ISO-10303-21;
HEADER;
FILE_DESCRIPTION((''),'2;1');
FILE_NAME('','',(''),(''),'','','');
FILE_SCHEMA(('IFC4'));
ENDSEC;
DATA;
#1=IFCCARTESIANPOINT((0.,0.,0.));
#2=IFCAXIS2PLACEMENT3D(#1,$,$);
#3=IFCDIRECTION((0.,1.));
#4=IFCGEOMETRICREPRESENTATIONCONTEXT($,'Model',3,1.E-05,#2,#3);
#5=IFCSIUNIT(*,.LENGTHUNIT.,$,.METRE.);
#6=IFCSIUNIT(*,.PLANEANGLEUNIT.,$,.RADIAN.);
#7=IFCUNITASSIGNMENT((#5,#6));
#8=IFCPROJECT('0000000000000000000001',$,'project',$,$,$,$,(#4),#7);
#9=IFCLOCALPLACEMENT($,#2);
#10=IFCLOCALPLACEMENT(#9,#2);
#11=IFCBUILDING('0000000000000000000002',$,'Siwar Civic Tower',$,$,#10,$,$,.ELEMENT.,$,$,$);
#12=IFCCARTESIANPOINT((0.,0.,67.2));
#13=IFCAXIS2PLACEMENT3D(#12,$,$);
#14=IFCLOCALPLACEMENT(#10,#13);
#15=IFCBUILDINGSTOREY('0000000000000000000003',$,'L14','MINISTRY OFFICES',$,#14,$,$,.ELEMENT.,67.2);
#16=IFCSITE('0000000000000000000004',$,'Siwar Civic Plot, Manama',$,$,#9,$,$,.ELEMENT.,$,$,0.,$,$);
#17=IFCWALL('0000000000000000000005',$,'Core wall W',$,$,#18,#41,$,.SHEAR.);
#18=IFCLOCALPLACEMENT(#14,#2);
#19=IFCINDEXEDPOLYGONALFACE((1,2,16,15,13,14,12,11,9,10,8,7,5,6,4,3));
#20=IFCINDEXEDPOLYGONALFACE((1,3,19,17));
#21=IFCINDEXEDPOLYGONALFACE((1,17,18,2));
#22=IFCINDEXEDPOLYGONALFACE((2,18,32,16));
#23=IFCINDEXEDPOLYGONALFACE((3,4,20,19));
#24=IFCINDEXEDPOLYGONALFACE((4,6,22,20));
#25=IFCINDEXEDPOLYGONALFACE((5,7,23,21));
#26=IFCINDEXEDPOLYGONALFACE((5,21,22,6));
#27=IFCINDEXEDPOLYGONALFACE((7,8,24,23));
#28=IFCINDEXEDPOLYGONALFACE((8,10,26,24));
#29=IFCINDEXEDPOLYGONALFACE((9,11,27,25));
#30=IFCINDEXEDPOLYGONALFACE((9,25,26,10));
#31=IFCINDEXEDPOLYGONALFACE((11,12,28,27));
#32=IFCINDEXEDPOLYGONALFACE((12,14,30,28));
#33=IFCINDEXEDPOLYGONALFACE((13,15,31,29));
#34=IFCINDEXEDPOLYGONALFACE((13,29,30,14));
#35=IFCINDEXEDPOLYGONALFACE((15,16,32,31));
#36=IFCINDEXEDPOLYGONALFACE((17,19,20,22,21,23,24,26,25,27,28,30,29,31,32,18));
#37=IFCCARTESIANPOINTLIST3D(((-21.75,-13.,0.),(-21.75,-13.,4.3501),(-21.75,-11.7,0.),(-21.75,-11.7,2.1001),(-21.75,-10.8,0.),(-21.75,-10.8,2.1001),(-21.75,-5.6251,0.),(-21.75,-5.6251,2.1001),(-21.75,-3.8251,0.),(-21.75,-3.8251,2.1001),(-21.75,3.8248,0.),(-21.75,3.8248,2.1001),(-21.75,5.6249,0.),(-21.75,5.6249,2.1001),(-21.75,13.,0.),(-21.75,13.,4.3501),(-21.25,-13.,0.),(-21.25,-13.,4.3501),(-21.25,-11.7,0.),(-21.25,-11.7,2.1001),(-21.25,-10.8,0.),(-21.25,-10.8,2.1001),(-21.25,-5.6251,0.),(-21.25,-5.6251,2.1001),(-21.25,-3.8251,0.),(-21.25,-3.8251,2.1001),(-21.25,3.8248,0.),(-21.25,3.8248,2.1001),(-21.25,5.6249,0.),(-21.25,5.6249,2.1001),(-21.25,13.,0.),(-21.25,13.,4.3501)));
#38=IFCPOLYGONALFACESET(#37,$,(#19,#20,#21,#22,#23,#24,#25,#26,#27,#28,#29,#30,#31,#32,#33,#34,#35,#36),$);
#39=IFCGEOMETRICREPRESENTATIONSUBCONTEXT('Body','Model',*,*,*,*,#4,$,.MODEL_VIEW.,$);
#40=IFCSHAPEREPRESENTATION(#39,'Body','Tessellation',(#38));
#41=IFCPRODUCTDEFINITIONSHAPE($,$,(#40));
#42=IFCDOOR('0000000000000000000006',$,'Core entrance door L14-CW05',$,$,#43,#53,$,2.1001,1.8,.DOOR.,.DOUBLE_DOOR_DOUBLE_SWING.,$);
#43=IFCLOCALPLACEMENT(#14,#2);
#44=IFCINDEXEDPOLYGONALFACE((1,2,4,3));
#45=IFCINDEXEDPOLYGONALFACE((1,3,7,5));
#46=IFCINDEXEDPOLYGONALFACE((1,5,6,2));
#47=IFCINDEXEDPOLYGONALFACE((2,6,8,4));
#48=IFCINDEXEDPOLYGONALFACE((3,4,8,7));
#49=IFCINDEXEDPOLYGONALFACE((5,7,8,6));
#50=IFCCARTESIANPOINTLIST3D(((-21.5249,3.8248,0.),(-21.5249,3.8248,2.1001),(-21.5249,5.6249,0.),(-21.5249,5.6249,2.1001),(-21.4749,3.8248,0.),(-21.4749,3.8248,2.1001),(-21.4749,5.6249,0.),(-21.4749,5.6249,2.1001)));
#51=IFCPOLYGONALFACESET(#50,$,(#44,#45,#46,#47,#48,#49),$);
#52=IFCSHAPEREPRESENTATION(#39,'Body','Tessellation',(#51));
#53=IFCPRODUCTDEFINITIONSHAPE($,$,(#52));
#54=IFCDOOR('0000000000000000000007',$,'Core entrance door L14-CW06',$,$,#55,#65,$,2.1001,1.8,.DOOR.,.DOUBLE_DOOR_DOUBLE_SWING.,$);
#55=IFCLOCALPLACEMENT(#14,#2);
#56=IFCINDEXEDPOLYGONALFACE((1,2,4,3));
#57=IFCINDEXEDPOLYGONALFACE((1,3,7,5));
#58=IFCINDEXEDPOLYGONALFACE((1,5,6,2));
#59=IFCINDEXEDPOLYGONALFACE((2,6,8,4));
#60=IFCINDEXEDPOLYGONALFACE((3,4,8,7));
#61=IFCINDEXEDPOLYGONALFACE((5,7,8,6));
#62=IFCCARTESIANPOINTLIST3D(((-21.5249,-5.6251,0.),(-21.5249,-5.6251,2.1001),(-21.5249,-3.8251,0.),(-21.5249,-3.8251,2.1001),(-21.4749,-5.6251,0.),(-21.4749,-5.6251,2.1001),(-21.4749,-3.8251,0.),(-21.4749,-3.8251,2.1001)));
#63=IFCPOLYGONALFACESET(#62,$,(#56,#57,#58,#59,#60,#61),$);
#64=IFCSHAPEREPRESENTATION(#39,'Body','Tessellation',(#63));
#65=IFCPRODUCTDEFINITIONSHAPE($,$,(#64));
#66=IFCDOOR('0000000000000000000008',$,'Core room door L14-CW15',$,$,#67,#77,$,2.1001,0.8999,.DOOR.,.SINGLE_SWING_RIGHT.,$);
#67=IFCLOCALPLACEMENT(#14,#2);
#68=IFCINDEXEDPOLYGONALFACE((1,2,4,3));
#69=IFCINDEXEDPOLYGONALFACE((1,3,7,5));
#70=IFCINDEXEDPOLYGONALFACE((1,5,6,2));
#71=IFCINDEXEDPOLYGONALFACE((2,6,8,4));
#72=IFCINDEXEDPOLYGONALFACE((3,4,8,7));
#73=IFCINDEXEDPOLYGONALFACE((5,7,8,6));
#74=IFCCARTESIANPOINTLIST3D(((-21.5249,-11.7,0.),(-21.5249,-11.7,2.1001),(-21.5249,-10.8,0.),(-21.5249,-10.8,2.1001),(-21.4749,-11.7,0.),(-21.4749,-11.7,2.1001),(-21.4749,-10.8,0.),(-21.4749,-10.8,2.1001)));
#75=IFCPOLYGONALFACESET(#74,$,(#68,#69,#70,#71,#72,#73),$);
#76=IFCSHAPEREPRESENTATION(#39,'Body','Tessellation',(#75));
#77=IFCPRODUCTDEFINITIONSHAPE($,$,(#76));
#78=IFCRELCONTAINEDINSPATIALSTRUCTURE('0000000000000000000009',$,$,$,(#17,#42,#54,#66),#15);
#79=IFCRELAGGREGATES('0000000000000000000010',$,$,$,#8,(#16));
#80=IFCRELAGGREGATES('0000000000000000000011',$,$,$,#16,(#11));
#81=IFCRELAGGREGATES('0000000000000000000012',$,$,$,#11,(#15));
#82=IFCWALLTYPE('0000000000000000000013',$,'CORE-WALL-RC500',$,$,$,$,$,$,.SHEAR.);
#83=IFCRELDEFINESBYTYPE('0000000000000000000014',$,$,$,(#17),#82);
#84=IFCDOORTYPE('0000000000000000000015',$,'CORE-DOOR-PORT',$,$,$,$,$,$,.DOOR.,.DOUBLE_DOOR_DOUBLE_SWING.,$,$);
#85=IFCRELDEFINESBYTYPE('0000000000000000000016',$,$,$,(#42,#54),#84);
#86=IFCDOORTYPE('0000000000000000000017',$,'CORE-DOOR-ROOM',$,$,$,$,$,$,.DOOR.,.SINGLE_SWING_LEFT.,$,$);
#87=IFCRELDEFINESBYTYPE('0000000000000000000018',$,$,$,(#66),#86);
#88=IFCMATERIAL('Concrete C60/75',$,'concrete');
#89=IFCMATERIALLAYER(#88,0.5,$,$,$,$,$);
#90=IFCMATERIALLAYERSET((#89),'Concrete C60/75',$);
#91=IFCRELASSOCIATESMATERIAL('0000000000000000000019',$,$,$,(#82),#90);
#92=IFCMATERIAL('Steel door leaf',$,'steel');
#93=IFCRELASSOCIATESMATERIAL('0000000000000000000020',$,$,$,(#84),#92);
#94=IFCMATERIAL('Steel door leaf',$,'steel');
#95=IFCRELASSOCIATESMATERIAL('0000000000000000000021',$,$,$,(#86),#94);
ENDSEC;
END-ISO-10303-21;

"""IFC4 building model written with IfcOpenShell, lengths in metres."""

from ifc_helpers import new_model, si_unit, direction, frame, frame_2d, origin, place, context, subcontext, project, spatial, rectangle, extrude, material, layer, layer_set, type_object, element, fill, save


model = new_model("IFC4")

# Units and contexts
model_context = context("Model", 3, precision=1e-05, world=origin(), true_north=direction((0.0, 1.0)))
body_context = subcontext(model_context, "Body", "Model", "MODEL_VIEW")
ifc_project = project(units=[si_unit("LENGTHUNIT", "METRE"), si_unit("PLANEANGLEUNIT", "RADIAN")], contexts=[model_context])

# Site, building, storey
site_placement = place(None, origin())
site = spatial("IfcSite", under=ifc_project, at=site_placement, Name="Siwar Civic Plot, Manama", CompositionType="ELEMENT", RefElevation=0.0)
building_placement = place(site_placement, origin())
building = spatial("IfcBuilding", under=site, at=building_placement, Name="Siwar Civic Tower", CompositionType="ELEMENT")
storey_placement = place(building_placement, frame((0.0, 0.0, 67.2)))
storey = spatial("IfcBuildingStorey", under=building, at=storey_placement, Name="L14", Description="MINISTRY OFFICES", CompositionType="ELEMENT", Elevation=67.2)

# Wall, openings, doors
ifc_material_1 = material(Name="Concrete C60/75", Category="concrete")
ifc_layer_1 = layer(ifc_material_1, 0.5)
ifc_layer_set_1 = layer_set([ifc_layer_1], Name="Concrete C60/75")
wall_type_1 = type_object("IfcWallType", Name="CORE-WALL-RC500", PredefinedType="SHEAR", material=ifc_layer_set_1)
wall_1_placement = place(storey_placement, frame((-21.5, -13.0, 0.0), z_axis=(0.0, 0.0, 1.0), x_axis=(0.0, 1.0, 0.0)))
wall_1 = element("IfcWall", 1, at=wall_1_placement, inside=storey, type_object=wall_type_1, Name="Core wall W", PredefinedType="SHEAR", context=body_context, shape_type="SweptSolid", body=[
    extrude(rectangle(XDim=26.0, YDim=0.5, at=frame_2d((13.0, 0.0))), origin(), (0.0, 0.0, 1.0), 4.3501),
])
opening_1_placement = place(wall_1_placement, frame((16.825, 0.0, 0.0)))
opening_1 = element("IfcOpeningElement", 2, at=opening_1_placement, cuts=wall_1, PredefinedType="OPENING", context=body_context, shape_type="SweptSolid", body=[
    extrude(rectangle(XDim=1.8, YDim=2.1001, at=frame_2d((0.8999, 1.05))), frame((0.0, 0.26, 0.0), z_axis=(0.0, -1.0, 0.0), x_axis=(1.0, 0.0, 0.0)), (0.0, 0.0, 1.0), 0.52),
])
opening_2_placement = place(wall_1_placement, frame((7.375, 0.0, 0.0)))
opening_2 = element("IfcOpeningElement", 3, at=opening_2_placement, cuts=wall_1, PredefinedType="OPENING", context=body_context, shape_type="SweptSolid", body=[
    extrude(rectangle(XDim=1.8, YDim=2.1001, at=frame_2d((0.8999, 1.05))), frame((0.0, 0.26, 0.0), z_axis=(0.0, -1.0, 0.0), x_axis=(1.0, 0.0, 0.0)), (0.0, 0.0, 1.0), 0.52),
])
opening_3_placement = place(wall_1_placement, frame((1.3, 0.0, 0.0)))
opening_3 = element("IfcOpeningElement", 4, at=opening_3_placement, cuts=wall_1, PredefinedType="OPENING", context=body_context, shape_type="SweptSolid", body=[
    extrude(rectangle(XDim=0.8999, YDim=2.1001, at=frame_2d((0.45, 1.05))), frame((0.0, 0.26, 0.0), z_axis=(0.0, -1.0, 0.0), x_axis=(1.0, 0.0, 0.0)), (0.0, 0.0, 1.0), 0.52),
])
ifc_material_2 = material(Name="Steel door leaf", Category="steel")
door_type_1 = type_object("IfcDoorType", Name="CORE-DOOR-PORT", OperationType="DOUBLE_DOOR_DOUBLE_SWING", PredefinedType="DOOR", material=ifc_material_2)
door_1_placement = place(opening_1_placement, origin())
door_1 = element("IfcDoor", 5, at=door_1_placement, inside=storey, type_object=door_type_1, Name="Core entrance door L14-CW05", OperationType="DOUBLE_DOOR_DOUBLE_SWING", OverallHeight=2.1001, OverallWidth=1.8, PredefinedType="DOOR", context=body_context, shape_type="SweptSolid", body=[
    extrude(rectangle(XDim=1.8, YDim=2.1001, at=frame_2d((0.8999, 1.05))), frame((0.0, 0.0249, 0.0), z_axis=(0.0, -1.0, 0.0), x_axis=(1.0, 0.0, 0.0)), (0.0, 0.0, 1.0), 0.05),
])
fill(opening_1, door_1)
door_2_placement = place(opening_2_placement, origin())
door_2 = element("IfcDoor", 6, at=door_2_placement, inside=storey, type_object=door_type_1, Name="Core entrance door L14-CW06", OperationType="DOUBLE_DOOR_DOUBLE_SWING", OverallHeight=2.1001, OverallWidth=1.8, PredefinedType="DOOR", context=body_context, shape_type="SweptSolid", body=[
    extrude(rectangle(XDim=1.8, YDim=2.1001, at=frame_2d((0.8999, 1.05))), frame((0.0, 0.0249, 0.0), z_axis=(0.0, -1.0, 0.0), x_axis=(1.0, 0.0, 0.0)), (0.0, 0.0, 1.0), 0.05),
])
fill(opening_2, door_2)
ifc_material_3 = material(Name="Steel door leaf", Category="steel")
door_type_2 = type_object("IfcDoorType", Name="CORE-DOOR-ROOM", OperationType="SINGLE_SWING_LEFT", PredefinedType="DOOR", material=ifc_material_3)
door_3_placement = place(opening_3_placement, origin())
door_3 = element("IfcDoor", 7, at=door_3_placement, inside=storey, type_object=door_type_2, Name="Core room door L14-CW15", OperationType="SINGLE_SWING_RIGHT", OverallHeight=2.1001, OverallWidth=0.8999, PredefinedType="DOOR", context=body_context, shape_type="SweptSolid", body=[
    extrude(rectangle(XDim=0.8999, YDim=2.1001, at=frame_2d((0.45, 1.05))), frame((0.0, 0.0249, 0.0), z_axis=(0.0, -1.0, 0.0), x_axis=(1.0, 0.0, 0.0)), (0.0, 0.0, 1.0), 0.05),
])
fill(opening_3, door_3)

save(model, "model.ifc")
